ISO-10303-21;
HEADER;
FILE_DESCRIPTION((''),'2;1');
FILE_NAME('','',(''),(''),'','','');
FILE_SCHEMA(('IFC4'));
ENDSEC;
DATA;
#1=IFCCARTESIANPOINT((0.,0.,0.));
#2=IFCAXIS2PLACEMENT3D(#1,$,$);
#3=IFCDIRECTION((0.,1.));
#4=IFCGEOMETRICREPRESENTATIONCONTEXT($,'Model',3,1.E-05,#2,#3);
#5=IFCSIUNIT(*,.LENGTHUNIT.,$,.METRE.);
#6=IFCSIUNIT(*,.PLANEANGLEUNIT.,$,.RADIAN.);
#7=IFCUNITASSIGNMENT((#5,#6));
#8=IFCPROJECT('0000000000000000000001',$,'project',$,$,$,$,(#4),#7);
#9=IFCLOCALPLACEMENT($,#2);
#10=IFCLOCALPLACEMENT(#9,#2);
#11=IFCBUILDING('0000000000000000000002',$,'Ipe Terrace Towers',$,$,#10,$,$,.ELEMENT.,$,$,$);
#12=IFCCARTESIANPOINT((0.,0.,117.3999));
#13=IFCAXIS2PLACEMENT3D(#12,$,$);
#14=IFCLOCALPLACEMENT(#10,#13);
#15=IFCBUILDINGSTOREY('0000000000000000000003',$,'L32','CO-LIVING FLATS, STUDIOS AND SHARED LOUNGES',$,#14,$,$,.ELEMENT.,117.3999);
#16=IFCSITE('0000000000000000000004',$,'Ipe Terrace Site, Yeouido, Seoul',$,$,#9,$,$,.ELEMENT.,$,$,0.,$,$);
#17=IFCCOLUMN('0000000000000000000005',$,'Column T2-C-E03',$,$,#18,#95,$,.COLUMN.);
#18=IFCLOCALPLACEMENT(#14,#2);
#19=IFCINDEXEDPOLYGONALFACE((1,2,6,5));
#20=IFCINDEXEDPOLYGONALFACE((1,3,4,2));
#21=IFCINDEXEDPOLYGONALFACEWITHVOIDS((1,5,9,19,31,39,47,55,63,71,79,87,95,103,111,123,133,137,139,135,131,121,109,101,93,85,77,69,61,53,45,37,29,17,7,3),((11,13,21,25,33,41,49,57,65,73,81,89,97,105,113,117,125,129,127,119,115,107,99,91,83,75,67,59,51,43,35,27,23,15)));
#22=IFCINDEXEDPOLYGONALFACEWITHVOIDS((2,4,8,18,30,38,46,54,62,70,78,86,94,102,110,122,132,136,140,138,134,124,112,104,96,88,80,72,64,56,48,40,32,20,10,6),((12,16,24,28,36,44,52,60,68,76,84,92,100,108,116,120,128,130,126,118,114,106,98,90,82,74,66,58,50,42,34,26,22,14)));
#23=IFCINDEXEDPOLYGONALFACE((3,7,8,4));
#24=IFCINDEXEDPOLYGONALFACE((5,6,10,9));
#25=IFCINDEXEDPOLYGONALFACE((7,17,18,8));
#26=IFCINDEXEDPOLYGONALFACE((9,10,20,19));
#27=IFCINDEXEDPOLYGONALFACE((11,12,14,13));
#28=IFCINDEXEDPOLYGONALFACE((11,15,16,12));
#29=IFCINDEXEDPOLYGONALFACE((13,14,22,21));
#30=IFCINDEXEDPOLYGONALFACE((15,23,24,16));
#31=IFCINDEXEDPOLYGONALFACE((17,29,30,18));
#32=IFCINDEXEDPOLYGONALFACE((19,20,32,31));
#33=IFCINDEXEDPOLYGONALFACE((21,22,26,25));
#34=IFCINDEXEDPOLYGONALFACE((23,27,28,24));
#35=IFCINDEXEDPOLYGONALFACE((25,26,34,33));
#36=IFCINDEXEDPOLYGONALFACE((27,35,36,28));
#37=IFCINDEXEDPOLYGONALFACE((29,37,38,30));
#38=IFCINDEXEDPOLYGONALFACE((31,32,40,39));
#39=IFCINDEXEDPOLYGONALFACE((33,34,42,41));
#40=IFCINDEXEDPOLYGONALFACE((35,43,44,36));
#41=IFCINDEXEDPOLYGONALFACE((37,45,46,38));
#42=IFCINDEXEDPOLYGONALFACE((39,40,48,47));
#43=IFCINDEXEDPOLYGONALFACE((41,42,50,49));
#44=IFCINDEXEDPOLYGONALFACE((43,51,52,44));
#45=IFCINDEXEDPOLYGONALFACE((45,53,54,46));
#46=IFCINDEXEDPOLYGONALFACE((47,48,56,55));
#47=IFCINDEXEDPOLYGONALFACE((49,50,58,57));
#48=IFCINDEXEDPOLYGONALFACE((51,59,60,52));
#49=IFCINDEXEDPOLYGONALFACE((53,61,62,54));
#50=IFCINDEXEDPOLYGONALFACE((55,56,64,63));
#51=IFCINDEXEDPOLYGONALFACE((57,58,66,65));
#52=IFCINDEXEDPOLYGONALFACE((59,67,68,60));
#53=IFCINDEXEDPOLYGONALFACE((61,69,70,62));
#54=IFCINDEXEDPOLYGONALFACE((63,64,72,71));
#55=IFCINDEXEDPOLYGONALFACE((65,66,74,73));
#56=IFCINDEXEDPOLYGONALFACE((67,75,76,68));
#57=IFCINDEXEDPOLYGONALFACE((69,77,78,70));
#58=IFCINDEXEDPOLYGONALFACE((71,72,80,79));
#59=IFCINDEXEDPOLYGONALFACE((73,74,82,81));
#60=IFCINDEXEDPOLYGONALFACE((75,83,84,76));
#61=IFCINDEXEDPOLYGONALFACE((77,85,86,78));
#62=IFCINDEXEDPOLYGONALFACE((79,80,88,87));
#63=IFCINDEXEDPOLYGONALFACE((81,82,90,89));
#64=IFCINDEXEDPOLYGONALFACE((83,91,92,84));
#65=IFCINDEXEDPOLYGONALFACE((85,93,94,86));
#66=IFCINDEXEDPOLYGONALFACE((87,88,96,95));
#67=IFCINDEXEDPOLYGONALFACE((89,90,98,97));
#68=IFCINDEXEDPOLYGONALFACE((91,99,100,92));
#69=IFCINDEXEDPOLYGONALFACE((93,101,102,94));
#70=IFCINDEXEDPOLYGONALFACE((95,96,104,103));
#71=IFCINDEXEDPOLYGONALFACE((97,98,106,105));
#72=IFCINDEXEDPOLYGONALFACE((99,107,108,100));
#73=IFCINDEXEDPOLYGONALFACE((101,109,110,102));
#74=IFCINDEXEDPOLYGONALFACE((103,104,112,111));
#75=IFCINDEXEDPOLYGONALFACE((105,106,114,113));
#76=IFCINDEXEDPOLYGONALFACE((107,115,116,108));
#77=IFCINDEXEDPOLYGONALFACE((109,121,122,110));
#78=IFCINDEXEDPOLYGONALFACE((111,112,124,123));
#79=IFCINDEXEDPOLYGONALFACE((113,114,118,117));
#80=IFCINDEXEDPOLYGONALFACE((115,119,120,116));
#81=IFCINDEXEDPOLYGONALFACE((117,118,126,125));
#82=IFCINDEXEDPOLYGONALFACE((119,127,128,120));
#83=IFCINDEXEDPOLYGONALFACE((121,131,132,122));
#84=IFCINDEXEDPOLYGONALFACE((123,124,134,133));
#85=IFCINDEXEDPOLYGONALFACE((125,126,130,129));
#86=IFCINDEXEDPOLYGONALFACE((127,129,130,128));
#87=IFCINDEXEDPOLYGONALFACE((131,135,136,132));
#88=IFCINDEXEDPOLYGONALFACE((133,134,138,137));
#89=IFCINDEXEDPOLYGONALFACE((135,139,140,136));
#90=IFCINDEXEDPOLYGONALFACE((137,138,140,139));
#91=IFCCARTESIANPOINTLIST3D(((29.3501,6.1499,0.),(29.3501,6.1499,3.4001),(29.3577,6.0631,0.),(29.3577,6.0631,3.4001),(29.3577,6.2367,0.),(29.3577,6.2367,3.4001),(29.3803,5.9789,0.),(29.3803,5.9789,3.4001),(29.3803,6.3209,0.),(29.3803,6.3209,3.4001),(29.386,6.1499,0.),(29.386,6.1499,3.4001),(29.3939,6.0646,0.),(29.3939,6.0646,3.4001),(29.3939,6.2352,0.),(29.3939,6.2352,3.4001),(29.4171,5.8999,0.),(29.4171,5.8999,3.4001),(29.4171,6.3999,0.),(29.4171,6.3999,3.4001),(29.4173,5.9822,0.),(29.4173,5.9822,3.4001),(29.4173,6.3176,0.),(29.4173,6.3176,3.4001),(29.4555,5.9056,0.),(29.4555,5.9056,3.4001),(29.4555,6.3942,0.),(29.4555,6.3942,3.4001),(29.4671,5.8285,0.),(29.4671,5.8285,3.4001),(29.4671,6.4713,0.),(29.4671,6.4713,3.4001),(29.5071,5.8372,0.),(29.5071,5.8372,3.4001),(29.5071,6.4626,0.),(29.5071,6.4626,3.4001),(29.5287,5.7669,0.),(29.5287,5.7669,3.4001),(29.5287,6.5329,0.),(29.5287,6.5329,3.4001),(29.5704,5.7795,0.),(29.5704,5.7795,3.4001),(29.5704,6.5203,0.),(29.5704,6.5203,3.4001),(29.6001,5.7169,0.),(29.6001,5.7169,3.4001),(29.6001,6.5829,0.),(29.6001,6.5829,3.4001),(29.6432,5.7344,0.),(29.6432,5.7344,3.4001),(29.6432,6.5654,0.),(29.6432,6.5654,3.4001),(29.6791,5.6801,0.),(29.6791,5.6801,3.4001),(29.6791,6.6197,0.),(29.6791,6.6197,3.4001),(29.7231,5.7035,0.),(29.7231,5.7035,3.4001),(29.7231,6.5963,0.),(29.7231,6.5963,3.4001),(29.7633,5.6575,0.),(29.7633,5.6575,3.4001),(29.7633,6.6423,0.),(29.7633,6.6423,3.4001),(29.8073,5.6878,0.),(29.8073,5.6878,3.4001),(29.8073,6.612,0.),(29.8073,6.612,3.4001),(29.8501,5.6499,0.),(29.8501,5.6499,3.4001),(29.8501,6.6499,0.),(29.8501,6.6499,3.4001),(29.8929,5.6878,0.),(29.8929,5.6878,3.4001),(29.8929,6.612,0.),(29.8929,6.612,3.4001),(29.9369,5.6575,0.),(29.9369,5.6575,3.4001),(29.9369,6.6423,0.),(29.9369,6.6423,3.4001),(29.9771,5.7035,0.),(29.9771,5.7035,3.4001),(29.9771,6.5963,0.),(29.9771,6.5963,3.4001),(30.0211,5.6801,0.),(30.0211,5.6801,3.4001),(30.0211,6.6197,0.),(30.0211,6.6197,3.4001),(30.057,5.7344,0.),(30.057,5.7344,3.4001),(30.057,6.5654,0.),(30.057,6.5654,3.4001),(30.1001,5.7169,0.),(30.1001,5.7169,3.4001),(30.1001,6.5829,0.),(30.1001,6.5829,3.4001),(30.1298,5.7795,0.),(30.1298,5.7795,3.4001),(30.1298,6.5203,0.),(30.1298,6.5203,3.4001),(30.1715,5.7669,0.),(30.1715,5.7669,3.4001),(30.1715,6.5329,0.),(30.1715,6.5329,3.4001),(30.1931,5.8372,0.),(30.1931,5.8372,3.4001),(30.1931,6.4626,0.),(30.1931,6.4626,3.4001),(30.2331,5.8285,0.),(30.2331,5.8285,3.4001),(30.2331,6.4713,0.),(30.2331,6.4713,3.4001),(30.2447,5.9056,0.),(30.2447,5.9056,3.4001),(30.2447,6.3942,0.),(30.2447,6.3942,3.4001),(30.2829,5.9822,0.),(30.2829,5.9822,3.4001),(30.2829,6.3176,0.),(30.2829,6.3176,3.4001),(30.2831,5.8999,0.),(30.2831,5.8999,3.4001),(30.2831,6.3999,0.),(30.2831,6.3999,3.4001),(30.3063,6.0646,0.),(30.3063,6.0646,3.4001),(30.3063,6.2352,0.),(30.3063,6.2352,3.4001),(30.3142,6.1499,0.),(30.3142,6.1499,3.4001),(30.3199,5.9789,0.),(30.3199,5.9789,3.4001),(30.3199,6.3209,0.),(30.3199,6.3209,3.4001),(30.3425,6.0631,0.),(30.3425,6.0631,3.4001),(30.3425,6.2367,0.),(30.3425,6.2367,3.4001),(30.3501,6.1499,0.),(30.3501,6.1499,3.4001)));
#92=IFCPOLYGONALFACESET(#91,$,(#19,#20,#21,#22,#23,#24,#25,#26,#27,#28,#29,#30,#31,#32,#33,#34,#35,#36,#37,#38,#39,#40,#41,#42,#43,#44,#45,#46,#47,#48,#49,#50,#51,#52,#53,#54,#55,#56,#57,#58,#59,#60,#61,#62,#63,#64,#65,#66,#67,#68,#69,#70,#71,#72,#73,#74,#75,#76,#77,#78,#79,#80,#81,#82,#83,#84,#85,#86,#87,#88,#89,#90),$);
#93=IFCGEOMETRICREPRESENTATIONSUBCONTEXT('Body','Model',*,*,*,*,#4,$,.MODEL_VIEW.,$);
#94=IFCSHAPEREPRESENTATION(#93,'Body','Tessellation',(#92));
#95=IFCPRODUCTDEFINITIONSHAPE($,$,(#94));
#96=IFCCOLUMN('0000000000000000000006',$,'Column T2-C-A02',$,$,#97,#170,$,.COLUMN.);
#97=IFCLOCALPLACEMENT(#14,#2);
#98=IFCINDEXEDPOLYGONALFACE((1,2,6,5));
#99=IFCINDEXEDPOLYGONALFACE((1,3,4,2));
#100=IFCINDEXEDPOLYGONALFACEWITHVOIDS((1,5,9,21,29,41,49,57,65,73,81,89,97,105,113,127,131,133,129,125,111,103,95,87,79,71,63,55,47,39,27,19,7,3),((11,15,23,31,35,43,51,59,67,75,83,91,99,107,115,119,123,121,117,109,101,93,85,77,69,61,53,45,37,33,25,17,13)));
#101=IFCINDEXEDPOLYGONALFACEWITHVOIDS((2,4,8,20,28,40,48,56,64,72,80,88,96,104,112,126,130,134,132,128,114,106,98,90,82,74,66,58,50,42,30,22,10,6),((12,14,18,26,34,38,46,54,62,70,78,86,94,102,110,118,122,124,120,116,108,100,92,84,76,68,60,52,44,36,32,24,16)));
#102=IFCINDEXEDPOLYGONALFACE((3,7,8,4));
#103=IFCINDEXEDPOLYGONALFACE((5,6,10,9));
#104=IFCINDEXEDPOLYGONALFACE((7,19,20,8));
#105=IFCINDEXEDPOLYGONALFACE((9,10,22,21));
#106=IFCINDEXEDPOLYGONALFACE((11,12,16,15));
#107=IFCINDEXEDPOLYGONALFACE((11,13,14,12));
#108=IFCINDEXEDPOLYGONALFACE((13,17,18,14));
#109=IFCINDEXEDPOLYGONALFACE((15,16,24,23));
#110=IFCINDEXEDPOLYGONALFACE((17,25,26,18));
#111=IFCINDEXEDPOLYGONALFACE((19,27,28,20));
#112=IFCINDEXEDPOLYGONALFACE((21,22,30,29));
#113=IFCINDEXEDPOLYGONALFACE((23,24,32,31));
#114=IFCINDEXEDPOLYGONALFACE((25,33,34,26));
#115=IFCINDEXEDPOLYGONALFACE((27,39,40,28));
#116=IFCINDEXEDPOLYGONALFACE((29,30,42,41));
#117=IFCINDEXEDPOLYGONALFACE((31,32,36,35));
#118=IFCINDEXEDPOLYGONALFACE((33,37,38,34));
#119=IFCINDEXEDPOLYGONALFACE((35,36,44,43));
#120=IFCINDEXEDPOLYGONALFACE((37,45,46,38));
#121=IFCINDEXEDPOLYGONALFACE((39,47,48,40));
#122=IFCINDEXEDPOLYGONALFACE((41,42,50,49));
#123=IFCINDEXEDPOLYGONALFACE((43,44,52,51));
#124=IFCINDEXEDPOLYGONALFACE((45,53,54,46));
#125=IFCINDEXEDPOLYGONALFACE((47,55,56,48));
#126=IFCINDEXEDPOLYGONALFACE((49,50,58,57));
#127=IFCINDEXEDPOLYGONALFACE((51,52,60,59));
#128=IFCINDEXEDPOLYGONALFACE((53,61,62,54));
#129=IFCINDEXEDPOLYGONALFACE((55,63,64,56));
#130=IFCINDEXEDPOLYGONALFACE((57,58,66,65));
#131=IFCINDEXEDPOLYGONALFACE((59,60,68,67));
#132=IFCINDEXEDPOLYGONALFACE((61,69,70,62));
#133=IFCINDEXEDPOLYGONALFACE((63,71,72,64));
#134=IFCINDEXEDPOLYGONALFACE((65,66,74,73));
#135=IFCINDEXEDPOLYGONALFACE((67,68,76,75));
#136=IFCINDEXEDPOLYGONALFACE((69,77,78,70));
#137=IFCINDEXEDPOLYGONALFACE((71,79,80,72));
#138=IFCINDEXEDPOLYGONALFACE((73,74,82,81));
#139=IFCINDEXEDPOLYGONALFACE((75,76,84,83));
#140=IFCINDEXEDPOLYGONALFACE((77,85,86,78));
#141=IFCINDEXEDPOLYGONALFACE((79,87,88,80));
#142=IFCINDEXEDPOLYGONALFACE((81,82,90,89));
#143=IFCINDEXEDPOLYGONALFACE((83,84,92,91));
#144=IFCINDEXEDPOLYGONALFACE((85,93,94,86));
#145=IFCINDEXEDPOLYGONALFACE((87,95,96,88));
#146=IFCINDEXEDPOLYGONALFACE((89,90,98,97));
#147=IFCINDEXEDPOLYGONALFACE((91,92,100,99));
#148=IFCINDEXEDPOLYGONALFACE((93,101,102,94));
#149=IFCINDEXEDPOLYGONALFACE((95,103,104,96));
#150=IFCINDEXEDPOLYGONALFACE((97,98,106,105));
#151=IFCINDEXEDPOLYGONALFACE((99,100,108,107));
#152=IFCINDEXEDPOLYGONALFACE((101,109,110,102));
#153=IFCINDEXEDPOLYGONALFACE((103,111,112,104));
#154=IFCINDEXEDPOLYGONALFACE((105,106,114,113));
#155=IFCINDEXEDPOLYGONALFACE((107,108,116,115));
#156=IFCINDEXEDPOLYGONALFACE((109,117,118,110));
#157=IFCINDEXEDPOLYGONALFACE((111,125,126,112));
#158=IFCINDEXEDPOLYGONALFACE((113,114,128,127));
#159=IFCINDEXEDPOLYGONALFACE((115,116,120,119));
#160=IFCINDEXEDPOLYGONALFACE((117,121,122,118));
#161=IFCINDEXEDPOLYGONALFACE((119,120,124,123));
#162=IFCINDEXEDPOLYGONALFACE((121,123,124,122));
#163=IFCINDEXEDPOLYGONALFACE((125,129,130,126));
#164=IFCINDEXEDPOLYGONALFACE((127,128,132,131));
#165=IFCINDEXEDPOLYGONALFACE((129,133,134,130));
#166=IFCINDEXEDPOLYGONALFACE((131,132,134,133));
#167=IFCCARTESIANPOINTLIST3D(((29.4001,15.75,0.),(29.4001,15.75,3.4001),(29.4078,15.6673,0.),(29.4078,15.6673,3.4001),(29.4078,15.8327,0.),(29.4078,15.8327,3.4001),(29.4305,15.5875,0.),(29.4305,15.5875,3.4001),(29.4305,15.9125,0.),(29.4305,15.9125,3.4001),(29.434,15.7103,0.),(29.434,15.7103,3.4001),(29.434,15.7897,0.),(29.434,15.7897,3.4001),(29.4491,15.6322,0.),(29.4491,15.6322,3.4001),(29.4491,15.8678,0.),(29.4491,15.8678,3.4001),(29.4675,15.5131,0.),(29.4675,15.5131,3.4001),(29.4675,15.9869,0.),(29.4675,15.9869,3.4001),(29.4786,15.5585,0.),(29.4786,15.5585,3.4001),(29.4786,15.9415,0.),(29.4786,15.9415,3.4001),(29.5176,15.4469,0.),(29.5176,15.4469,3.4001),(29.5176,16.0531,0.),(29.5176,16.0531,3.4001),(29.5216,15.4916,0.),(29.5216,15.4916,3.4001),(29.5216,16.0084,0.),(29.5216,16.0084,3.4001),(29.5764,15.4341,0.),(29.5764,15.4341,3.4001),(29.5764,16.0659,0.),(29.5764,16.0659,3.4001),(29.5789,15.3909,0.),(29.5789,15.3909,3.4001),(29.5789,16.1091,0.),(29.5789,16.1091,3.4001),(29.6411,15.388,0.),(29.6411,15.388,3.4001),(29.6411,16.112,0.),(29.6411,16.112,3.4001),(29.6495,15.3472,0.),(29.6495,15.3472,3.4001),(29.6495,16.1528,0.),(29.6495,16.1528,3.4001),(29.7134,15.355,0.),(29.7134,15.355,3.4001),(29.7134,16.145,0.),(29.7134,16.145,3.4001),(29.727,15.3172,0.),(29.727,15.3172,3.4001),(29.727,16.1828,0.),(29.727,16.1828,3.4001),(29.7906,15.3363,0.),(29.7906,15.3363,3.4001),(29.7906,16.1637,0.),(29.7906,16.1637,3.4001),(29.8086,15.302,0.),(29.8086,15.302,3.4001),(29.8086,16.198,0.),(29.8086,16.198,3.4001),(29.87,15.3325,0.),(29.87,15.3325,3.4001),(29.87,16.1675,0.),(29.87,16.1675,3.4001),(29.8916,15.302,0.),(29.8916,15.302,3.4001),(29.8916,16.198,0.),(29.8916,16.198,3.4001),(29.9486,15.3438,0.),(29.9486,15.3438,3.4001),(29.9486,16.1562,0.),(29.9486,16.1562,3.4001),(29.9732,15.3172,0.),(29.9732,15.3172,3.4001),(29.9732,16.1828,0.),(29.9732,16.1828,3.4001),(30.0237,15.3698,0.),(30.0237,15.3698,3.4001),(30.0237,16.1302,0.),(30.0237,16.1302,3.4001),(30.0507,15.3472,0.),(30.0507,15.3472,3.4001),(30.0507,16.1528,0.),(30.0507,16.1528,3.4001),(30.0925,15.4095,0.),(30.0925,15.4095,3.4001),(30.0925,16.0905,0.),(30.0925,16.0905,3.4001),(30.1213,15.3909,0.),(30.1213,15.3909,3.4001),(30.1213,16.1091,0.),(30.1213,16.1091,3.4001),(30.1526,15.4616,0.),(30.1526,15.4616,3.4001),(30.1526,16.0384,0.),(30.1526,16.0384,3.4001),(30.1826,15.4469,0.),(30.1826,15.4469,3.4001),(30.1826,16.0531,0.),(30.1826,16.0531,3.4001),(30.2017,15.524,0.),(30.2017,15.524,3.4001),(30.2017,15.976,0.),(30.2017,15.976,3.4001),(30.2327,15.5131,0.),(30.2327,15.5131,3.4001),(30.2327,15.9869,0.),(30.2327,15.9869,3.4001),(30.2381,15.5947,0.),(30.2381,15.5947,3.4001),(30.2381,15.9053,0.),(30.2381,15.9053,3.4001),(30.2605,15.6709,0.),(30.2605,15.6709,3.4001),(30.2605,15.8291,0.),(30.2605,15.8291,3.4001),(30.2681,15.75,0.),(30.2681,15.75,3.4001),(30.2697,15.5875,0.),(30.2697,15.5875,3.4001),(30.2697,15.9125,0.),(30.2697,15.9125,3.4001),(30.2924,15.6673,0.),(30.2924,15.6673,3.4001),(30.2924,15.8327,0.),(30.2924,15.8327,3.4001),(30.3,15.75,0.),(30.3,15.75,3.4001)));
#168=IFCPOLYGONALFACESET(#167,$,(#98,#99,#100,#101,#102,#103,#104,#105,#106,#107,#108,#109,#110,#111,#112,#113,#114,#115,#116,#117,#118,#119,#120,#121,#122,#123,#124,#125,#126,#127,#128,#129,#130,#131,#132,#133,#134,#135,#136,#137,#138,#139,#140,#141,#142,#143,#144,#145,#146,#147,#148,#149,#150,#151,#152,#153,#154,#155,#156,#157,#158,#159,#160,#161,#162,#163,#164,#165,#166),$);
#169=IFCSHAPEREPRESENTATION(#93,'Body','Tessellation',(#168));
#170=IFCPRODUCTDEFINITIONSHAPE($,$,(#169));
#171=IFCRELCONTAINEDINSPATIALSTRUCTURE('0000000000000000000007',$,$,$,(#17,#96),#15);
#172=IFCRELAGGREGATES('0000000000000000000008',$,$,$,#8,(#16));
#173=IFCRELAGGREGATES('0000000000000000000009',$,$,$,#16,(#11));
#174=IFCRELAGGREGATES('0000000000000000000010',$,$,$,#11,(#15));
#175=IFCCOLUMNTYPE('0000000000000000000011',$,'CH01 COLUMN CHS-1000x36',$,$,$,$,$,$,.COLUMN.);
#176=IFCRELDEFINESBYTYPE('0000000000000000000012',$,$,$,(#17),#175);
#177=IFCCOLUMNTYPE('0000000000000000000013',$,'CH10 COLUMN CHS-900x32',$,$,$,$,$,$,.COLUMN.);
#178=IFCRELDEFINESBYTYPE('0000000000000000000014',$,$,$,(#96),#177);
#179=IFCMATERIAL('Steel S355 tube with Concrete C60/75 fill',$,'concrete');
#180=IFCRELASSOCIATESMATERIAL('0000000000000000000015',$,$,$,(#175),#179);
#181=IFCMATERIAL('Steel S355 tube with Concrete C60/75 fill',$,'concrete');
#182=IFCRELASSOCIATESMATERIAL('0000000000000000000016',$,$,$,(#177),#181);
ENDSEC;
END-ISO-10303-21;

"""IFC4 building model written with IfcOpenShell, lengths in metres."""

from ifc_helpers import new_model, si_unit, direction, frame, origin, origin_2d, place, context, subcontext, project, spatial, hollow_circle, extrude, material, material_profile, profile_set, type_object, element, save


model = new_model("IFC4")

# Units and contexts
model_context = context("Model", 3, precision=1e-05, world=origin(), true_north=direction((0.0, 1.0)))
body_context = subcontext(model_context, "Body", "Model", "MODEL_VIEW")
ifc_project = project(units=[si_unit("LENGTHUNIT", "METRE"), si_unit("PLANEANGLEUNIT", "RADIAN")], contexts=[model_context])

# Site, building, storey
site_placement = place(None, origin())
site = spatial("IfcSite", under=ifc_project, at=site_placement, Name="Ipe Terrace Site, Yeouido, Seoul", CompositionType="ELEMENT", RefElevation=0.0)
building_placement = place(site_placement, origin())
building = spatial("IfcBuilding", under=site, at=building_placement, Name="Ipe Terrace Towers", CompositionType="ELEMENT")
storey_placement = place(building_placement, frame((0.0, 0.0, 117.3999)))
storey = spatial("IfcBuildingStorey", under=building, at=storey_placement, Name="L32", Description="CO-LIVING FLATS, STUDIOS AND SHARED LOUNGES", CompositionType="ELEMENT", Elevation=117.3999)

# Columns
ifc_material_1 = material(Name="Steel S355 tube with Concrete C60/75 fill", Category="concrete")
ifc_material_profile_1 = material_profile(ifc_material_1, hollow_circle(Radius=0.5, WallThickness=0.0359, at=origin_2d()), Name="CHS-1000x36")
ifc_profile_set_1 = profile_set([ifc_material_profile_1], Name="Steel S355 tube with Concrete C60/75 fill")
column_type_1 = type_object("IfcColumnType", Name="CH01 COLUMN CHS-1000x36", PredefinedType="COLUMN", material=ifc_profile_set_1)
column_placement = place(storey_placement, frame((29.8501, 6.1499, 0.0), z_axis=(0.0, 0.0, 1.0), x_axis=(1.0, 0.0, 0.0)))
element("IfcColumn", 1, at=column_placement, inside=storey, type_object=column_type_1, Name="Column T2-C-E03", PredefinedType="COLUMN", context=body_context, shape_type="SweptSolid", body=[
    extrude(hollow_circle(Radius=0.5, WallThickness=0.0359, at=origin_2d()), origin(), (0.0, 0.0, 1.0), 3.4001),
])
ifc_material_2 = material(Name="Steel S355 tube with Concrete C60/75 fill", Category="concrete")
ifc_material_profile_2 = material_profile(ifc_material_2, hollow_circle(Radius=0.45, WallThickness=0.032, at=origin_2d()), Name="CHS-900x32")
ifc_profile_set_2 = profile_set([ifc_material_profile_2], Name="Steel S355 tube with Concrete C60/75 fill")
column_type_2 = type_object("IfcColumnType", Name="CH10 COLUMN CHS-900x32", PredefinedType="COLUMN", material=ifc_profile_set_2)
for number, where, z_axis, x_axis, name in (
    (2, (29.8501, 15.75, 0.0), (0.0, 0.0, 1.0), (1.0, 0.0, 0.0), "Column T2-C-A02"),
):
    element("IfcColumn", number, at=place(storey_placement, frame(where, z_axis=z_axis, x_axis=x_axis)), inside=storey, type_object=column_type_2, Name=name, PredefinedType="COLUMN", context=body_context, shape_type="SweptSolid", body=[
        extrude(hollow_circle(Radius=0.45, WallThickness=0.032, at=origin_2d()), origin(), (0.0, 0.0, 1.0), 3.4001),
    ])

save(model, "model.ifc")
